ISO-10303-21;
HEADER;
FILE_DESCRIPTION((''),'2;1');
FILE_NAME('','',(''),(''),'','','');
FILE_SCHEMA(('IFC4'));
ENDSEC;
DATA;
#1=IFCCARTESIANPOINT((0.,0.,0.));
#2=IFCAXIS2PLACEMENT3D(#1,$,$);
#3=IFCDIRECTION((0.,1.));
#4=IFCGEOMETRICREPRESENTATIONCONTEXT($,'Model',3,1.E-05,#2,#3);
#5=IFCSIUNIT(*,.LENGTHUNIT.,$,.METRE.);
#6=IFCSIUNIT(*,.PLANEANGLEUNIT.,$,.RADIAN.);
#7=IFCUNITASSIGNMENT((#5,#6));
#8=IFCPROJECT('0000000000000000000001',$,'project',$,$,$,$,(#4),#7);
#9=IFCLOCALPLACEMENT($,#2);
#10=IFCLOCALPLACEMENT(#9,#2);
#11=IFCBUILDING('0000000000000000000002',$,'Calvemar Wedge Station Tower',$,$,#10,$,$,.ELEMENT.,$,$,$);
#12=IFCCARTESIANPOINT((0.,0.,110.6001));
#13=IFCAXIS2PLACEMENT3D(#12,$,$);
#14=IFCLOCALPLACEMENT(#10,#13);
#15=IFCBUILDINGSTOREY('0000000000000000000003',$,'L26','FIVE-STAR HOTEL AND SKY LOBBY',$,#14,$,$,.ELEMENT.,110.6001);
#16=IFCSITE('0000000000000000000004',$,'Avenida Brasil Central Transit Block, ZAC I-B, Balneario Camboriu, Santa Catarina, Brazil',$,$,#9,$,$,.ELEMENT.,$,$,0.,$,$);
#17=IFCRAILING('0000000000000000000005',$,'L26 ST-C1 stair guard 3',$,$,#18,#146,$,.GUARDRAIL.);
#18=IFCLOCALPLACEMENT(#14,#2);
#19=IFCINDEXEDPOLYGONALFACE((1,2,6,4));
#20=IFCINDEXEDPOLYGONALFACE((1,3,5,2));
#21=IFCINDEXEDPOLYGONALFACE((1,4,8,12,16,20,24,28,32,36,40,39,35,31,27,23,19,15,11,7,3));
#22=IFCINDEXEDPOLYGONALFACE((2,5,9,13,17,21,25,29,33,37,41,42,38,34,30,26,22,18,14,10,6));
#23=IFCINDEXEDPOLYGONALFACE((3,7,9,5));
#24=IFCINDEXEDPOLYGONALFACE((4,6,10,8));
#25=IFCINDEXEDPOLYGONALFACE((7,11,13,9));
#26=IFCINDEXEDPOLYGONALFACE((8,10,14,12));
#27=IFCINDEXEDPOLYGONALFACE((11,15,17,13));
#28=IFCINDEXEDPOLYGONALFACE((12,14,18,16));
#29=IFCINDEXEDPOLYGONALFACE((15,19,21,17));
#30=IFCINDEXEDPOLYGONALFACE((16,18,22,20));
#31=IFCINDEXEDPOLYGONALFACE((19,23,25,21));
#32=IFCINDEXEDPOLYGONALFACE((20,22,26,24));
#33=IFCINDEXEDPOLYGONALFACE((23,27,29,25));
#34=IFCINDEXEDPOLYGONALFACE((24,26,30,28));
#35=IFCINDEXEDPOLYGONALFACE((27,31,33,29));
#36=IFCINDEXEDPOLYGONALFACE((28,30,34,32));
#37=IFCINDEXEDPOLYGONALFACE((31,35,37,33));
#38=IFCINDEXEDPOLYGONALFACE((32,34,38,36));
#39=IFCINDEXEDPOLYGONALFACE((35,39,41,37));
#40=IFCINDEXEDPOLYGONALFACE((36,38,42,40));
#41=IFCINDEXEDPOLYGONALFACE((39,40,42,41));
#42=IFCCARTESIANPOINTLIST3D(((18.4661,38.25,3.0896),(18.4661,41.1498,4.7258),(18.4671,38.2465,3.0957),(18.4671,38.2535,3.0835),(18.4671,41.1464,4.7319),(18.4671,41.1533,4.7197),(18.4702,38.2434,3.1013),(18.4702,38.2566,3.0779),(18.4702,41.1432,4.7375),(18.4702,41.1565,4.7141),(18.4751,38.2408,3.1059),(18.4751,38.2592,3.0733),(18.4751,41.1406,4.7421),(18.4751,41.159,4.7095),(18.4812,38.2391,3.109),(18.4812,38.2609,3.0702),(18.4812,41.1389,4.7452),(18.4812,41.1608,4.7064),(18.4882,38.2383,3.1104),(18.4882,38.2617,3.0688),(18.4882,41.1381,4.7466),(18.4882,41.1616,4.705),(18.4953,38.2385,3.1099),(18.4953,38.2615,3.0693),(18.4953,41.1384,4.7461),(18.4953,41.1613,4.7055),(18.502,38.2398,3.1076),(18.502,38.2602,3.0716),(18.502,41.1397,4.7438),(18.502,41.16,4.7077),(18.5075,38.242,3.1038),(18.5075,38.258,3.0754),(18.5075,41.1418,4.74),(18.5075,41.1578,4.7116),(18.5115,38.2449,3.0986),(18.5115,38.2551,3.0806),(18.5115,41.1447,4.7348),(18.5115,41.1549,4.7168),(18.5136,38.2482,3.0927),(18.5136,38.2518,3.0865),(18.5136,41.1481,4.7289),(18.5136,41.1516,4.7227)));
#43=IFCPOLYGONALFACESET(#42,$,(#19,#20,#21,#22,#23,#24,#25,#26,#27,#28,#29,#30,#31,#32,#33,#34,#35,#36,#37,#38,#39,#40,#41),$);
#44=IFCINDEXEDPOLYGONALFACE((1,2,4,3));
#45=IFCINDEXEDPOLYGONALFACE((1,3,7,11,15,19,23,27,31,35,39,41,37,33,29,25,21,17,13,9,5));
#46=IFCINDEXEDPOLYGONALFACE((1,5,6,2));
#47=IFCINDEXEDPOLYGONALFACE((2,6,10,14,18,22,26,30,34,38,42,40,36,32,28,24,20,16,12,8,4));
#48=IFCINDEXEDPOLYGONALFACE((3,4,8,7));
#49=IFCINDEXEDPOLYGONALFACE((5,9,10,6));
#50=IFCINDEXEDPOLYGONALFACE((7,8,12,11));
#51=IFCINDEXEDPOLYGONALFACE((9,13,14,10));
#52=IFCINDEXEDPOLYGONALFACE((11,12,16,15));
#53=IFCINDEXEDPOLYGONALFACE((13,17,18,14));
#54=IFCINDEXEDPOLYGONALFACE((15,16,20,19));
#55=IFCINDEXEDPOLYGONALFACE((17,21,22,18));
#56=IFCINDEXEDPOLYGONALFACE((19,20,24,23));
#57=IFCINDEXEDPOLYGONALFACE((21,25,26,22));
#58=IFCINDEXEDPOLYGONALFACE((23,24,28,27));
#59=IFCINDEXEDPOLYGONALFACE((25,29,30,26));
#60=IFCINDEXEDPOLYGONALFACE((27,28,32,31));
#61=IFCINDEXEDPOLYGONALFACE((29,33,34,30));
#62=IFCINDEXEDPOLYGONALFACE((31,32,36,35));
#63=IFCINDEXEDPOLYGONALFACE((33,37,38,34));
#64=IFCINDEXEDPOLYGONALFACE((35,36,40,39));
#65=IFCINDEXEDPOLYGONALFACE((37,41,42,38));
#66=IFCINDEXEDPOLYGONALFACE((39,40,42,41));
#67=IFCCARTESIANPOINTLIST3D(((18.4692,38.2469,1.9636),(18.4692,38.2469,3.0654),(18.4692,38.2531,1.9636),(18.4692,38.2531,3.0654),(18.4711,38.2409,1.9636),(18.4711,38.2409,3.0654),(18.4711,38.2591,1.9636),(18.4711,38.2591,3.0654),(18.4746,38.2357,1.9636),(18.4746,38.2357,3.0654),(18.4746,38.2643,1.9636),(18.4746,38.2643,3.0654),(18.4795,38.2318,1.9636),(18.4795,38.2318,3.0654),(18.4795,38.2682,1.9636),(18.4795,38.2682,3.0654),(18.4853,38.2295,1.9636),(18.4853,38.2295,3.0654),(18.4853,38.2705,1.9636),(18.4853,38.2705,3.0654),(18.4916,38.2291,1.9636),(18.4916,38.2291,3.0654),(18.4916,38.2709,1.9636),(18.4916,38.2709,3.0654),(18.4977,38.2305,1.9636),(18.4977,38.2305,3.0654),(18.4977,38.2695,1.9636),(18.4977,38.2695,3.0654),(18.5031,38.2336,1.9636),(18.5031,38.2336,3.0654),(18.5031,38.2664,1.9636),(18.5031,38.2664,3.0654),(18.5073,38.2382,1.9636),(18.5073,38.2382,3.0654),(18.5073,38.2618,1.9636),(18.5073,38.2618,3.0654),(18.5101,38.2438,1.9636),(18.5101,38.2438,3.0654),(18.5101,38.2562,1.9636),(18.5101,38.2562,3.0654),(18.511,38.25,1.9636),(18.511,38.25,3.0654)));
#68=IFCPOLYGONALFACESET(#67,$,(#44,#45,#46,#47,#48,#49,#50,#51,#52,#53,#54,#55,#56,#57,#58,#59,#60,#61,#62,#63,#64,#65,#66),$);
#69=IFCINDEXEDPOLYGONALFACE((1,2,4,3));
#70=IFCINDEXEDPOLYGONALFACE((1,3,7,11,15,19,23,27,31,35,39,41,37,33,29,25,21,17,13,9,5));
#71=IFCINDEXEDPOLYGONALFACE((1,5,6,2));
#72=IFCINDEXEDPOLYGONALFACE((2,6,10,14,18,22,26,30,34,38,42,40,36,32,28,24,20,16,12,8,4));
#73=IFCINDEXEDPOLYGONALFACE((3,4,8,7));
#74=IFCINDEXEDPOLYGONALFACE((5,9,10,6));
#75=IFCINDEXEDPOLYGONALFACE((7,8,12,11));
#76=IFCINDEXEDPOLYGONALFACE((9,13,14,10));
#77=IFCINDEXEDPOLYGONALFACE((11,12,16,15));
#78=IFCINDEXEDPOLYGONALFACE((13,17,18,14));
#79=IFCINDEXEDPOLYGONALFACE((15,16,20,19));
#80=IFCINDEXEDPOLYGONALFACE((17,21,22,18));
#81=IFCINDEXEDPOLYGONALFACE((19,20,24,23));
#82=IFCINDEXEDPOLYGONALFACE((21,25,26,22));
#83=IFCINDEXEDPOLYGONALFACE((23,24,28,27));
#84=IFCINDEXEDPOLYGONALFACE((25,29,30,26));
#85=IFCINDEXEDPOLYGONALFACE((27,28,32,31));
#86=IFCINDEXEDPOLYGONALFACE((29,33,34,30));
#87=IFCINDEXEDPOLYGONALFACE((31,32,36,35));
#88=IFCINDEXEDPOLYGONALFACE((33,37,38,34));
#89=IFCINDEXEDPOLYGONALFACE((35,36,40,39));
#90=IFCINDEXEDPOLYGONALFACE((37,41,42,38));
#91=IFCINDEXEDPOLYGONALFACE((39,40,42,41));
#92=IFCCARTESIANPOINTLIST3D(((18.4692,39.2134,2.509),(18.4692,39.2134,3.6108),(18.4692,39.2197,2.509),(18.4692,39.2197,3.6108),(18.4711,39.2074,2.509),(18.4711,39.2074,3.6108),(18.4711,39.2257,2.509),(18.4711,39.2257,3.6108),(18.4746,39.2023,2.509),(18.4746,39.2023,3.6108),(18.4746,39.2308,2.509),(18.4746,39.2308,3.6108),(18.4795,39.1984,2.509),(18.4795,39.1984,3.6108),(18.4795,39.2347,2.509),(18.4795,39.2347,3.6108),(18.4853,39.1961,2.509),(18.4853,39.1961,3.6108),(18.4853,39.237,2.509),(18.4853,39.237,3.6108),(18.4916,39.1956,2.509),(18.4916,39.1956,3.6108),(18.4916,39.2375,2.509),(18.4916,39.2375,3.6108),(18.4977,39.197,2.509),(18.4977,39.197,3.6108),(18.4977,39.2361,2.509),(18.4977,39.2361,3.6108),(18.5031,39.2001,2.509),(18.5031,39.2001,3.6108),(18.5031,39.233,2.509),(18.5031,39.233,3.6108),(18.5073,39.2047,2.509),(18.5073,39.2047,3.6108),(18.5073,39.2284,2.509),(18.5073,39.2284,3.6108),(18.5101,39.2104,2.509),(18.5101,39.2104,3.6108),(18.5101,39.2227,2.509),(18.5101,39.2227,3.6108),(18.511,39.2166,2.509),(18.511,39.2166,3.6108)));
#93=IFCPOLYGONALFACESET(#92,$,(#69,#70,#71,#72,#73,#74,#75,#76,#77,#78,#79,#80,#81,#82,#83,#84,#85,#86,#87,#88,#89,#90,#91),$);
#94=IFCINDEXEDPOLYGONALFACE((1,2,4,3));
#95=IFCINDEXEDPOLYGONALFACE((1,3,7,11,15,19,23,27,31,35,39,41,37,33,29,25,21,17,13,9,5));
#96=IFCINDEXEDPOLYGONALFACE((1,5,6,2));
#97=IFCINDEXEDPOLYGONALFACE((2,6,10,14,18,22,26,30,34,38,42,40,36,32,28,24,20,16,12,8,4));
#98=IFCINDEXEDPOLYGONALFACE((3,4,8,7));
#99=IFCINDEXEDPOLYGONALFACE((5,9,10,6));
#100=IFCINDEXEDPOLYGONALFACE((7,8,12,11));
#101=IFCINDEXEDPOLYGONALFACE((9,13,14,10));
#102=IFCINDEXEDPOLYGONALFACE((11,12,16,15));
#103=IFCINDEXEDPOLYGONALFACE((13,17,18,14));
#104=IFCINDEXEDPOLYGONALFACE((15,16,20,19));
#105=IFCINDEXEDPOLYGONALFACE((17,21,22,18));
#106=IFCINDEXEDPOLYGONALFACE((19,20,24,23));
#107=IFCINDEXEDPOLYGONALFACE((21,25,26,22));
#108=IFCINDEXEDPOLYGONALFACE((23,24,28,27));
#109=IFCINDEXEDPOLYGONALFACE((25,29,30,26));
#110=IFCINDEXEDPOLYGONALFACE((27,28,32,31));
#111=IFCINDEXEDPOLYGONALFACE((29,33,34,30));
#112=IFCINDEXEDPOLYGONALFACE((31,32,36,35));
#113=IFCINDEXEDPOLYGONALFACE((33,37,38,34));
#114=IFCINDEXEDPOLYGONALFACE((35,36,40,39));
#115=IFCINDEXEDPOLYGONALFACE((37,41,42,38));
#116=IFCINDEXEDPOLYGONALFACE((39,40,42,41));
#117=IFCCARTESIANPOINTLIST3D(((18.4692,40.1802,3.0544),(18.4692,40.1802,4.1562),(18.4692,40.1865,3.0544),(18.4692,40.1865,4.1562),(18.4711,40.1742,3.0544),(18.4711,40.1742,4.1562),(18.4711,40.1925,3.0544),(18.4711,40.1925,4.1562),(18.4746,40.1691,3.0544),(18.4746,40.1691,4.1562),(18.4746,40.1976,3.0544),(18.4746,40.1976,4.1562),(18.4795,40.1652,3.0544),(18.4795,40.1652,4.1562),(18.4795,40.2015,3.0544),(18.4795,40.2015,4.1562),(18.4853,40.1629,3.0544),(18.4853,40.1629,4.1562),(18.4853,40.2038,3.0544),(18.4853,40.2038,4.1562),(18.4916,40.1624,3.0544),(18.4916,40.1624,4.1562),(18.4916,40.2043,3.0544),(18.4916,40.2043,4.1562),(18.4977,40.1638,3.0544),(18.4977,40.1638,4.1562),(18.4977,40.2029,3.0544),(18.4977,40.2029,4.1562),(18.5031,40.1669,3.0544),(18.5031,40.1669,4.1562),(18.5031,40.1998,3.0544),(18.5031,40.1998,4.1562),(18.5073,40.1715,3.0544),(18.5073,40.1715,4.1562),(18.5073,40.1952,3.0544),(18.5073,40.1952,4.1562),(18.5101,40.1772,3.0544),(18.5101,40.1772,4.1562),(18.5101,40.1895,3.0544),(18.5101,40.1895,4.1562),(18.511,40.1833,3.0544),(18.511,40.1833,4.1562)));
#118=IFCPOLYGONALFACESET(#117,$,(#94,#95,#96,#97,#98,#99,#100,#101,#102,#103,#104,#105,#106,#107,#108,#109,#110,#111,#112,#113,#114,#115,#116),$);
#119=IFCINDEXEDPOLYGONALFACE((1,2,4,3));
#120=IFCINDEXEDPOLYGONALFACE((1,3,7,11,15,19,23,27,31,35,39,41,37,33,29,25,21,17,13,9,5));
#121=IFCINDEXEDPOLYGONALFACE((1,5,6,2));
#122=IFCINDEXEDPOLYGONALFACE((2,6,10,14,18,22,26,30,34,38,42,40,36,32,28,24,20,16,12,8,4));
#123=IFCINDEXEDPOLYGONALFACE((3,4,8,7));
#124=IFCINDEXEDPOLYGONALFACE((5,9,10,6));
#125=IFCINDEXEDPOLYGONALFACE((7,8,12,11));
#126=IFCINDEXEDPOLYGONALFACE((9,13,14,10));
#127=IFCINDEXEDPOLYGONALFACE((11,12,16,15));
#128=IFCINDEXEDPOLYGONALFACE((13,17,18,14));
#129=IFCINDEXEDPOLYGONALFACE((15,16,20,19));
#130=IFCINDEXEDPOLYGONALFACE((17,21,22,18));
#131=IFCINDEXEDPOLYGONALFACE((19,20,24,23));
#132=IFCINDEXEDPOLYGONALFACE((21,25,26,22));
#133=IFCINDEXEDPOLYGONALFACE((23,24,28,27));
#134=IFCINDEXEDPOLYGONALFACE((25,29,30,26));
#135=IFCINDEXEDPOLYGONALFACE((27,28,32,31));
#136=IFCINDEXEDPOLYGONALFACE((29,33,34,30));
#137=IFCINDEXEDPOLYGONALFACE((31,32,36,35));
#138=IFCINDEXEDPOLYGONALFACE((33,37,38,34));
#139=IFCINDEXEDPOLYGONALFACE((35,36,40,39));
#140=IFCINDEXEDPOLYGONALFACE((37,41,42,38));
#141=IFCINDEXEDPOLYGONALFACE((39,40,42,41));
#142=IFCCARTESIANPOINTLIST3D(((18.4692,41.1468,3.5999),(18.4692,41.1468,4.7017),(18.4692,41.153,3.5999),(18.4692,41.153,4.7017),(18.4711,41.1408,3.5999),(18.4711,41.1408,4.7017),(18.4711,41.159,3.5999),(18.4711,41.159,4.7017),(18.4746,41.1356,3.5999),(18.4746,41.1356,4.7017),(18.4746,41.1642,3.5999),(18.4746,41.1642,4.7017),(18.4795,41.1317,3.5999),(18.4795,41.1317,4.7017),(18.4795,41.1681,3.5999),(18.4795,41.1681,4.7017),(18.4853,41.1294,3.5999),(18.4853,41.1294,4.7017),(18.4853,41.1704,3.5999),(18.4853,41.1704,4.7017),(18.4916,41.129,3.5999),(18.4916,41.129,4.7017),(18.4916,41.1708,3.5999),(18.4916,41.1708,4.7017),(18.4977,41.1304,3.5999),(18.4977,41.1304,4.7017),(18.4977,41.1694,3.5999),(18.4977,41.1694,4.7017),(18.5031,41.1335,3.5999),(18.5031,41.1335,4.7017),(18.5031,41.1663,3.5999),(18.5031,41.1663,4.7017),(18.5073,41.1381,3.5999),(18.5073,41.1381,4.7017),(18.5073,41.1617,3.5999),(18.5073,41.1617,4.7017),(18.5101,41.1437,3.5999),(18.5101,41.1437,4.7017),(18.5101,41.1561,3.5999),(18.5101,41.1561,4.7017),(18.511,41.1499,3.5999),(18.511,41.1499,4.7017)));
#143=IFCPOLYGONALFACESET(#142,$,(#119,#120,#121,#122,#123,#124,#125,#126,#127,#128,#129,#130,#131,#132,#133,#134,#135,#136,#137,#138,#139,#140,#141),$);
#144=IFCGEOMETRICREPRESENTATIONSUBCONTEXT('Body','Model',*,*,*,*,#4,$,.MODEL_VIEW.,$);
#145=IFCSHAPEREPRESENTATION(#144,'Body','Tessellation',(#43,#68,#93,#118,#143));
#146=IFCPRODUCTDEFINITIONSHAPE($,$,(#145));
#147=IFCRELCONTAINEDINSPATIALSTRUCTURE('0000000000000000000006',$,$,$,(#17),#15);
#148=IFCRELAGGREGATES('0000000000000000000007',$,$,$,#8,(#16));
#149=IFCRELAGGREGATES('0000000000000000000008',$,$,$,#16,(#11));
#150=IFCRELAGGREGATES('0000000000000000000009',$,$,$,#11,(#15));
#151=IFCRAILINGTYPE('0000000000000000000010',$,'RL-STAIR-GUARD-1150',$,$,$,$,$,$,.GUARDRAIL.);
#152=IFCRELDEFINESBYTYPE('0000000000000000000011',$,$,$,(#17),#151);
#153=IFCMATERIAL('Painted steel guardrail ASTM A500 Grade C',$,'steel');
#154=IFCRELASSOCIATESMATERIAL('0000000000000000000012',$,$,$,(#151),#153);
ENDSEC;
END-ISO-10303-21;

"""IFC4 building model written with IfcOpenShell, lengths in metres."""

from ifc_helpers import new_model, si_unit, direction, frame, origin, origin_2d, place, context, subcontext, project, spatial, circle, extrude, material, type_object, element, save


model = new_model("IFC4")

# Units and contexts
model_context = context("Model", 3, precision=1e-05, world=origin(), true_north=direction((0.0, 1.0)))
body_context = subcontext(model_context, "Body", "Model", "MODEL_VIEW")
ifc_project = project(units=[si_unit("LENGTHUNIT", "METRE"), si_unit("PLANEANGLEUNIT", "RADIAN")], contexts=[model_context])

# Site, building, storey
site_placement = place(None, origin())
site = spatial("IfcSite", under=ifc_project, at=site_placement, Name="Avenida Brasil Central Transit Block, ZAC I-B, Balneario Camboriu, Santa Catarina, Brazil", CompositionType="ELEMENT", RefElevation=0.0)
building_placement = place(site_placement, origin())
building = spatial("IfcBuilding", under=site, at=building_placement, Name="Calvemar Wedge Station Tower", CompositionType="ELEMENT")
storey_placement = place(building_placement, frame((0.0, 0.0, 110.6001)))
storey = spatial("IfcBuildingStorey", under=building, at=storey_placement, Name="L26", Description="FIVE-STAR HOTEL AND SKY LOBBY", CompositionType="ELEMENT", Elevation=110.6001)

# Railing
ifc_material_1 = material(Name="Painted steel guardrail ASTM A500 Grade C", Category="steel")
railing_type_1 = type_object("IfcRailingType", Name="RL-STAIR-GUARD-1150", PredefinedType="GUARDRAIL", material=ifc_material_1)
railing_1_placement = place(storey_placement, frame((18.49, 38.25, 1.9636)))
element("IfcRailing", 1, at=railing_1_placement, inside=storey, type_object=railing_type_1, Name="L26 ST-C1 stair guard 3", PredefinedType="GUARDRAIL", context=body_context, shape_type="SweptSolid", body=[
    extrude(circle(Radius=0.0239, at=origin_2d()), frame((0.0, 0.0, 1.126), z_axis=(0.0, 0.870929, 0.49141), x_axis=(-1.0, 0.0, 0.0)), (0.0, 0.0, 1.0), 3.3296),
    extrude(circle(Radius=0.021, at=origin_2d()), origin(), (0.0, 0.0, 1.0), 1.1018),
    extrude(circle(Radius=0.021, at=origin_2d()), frame((0.0, 0.9666, 0.5454)), (0.0, 0.0, 1.0), 1.1018),
    extrude(circle(Radius=0.021, at=origin_2d()), frame((0.0, 1.9333, 1.0908)), (0.0, 0.0, 1.0), 1.1018),
    extrude(circle(Radius=0.021, at=origin_2d()), frame((0.0, 2.8999, 1.6362)), (0.0, 0.0, 1.0), 1.1018),
])

save(model, "model.ifc")
